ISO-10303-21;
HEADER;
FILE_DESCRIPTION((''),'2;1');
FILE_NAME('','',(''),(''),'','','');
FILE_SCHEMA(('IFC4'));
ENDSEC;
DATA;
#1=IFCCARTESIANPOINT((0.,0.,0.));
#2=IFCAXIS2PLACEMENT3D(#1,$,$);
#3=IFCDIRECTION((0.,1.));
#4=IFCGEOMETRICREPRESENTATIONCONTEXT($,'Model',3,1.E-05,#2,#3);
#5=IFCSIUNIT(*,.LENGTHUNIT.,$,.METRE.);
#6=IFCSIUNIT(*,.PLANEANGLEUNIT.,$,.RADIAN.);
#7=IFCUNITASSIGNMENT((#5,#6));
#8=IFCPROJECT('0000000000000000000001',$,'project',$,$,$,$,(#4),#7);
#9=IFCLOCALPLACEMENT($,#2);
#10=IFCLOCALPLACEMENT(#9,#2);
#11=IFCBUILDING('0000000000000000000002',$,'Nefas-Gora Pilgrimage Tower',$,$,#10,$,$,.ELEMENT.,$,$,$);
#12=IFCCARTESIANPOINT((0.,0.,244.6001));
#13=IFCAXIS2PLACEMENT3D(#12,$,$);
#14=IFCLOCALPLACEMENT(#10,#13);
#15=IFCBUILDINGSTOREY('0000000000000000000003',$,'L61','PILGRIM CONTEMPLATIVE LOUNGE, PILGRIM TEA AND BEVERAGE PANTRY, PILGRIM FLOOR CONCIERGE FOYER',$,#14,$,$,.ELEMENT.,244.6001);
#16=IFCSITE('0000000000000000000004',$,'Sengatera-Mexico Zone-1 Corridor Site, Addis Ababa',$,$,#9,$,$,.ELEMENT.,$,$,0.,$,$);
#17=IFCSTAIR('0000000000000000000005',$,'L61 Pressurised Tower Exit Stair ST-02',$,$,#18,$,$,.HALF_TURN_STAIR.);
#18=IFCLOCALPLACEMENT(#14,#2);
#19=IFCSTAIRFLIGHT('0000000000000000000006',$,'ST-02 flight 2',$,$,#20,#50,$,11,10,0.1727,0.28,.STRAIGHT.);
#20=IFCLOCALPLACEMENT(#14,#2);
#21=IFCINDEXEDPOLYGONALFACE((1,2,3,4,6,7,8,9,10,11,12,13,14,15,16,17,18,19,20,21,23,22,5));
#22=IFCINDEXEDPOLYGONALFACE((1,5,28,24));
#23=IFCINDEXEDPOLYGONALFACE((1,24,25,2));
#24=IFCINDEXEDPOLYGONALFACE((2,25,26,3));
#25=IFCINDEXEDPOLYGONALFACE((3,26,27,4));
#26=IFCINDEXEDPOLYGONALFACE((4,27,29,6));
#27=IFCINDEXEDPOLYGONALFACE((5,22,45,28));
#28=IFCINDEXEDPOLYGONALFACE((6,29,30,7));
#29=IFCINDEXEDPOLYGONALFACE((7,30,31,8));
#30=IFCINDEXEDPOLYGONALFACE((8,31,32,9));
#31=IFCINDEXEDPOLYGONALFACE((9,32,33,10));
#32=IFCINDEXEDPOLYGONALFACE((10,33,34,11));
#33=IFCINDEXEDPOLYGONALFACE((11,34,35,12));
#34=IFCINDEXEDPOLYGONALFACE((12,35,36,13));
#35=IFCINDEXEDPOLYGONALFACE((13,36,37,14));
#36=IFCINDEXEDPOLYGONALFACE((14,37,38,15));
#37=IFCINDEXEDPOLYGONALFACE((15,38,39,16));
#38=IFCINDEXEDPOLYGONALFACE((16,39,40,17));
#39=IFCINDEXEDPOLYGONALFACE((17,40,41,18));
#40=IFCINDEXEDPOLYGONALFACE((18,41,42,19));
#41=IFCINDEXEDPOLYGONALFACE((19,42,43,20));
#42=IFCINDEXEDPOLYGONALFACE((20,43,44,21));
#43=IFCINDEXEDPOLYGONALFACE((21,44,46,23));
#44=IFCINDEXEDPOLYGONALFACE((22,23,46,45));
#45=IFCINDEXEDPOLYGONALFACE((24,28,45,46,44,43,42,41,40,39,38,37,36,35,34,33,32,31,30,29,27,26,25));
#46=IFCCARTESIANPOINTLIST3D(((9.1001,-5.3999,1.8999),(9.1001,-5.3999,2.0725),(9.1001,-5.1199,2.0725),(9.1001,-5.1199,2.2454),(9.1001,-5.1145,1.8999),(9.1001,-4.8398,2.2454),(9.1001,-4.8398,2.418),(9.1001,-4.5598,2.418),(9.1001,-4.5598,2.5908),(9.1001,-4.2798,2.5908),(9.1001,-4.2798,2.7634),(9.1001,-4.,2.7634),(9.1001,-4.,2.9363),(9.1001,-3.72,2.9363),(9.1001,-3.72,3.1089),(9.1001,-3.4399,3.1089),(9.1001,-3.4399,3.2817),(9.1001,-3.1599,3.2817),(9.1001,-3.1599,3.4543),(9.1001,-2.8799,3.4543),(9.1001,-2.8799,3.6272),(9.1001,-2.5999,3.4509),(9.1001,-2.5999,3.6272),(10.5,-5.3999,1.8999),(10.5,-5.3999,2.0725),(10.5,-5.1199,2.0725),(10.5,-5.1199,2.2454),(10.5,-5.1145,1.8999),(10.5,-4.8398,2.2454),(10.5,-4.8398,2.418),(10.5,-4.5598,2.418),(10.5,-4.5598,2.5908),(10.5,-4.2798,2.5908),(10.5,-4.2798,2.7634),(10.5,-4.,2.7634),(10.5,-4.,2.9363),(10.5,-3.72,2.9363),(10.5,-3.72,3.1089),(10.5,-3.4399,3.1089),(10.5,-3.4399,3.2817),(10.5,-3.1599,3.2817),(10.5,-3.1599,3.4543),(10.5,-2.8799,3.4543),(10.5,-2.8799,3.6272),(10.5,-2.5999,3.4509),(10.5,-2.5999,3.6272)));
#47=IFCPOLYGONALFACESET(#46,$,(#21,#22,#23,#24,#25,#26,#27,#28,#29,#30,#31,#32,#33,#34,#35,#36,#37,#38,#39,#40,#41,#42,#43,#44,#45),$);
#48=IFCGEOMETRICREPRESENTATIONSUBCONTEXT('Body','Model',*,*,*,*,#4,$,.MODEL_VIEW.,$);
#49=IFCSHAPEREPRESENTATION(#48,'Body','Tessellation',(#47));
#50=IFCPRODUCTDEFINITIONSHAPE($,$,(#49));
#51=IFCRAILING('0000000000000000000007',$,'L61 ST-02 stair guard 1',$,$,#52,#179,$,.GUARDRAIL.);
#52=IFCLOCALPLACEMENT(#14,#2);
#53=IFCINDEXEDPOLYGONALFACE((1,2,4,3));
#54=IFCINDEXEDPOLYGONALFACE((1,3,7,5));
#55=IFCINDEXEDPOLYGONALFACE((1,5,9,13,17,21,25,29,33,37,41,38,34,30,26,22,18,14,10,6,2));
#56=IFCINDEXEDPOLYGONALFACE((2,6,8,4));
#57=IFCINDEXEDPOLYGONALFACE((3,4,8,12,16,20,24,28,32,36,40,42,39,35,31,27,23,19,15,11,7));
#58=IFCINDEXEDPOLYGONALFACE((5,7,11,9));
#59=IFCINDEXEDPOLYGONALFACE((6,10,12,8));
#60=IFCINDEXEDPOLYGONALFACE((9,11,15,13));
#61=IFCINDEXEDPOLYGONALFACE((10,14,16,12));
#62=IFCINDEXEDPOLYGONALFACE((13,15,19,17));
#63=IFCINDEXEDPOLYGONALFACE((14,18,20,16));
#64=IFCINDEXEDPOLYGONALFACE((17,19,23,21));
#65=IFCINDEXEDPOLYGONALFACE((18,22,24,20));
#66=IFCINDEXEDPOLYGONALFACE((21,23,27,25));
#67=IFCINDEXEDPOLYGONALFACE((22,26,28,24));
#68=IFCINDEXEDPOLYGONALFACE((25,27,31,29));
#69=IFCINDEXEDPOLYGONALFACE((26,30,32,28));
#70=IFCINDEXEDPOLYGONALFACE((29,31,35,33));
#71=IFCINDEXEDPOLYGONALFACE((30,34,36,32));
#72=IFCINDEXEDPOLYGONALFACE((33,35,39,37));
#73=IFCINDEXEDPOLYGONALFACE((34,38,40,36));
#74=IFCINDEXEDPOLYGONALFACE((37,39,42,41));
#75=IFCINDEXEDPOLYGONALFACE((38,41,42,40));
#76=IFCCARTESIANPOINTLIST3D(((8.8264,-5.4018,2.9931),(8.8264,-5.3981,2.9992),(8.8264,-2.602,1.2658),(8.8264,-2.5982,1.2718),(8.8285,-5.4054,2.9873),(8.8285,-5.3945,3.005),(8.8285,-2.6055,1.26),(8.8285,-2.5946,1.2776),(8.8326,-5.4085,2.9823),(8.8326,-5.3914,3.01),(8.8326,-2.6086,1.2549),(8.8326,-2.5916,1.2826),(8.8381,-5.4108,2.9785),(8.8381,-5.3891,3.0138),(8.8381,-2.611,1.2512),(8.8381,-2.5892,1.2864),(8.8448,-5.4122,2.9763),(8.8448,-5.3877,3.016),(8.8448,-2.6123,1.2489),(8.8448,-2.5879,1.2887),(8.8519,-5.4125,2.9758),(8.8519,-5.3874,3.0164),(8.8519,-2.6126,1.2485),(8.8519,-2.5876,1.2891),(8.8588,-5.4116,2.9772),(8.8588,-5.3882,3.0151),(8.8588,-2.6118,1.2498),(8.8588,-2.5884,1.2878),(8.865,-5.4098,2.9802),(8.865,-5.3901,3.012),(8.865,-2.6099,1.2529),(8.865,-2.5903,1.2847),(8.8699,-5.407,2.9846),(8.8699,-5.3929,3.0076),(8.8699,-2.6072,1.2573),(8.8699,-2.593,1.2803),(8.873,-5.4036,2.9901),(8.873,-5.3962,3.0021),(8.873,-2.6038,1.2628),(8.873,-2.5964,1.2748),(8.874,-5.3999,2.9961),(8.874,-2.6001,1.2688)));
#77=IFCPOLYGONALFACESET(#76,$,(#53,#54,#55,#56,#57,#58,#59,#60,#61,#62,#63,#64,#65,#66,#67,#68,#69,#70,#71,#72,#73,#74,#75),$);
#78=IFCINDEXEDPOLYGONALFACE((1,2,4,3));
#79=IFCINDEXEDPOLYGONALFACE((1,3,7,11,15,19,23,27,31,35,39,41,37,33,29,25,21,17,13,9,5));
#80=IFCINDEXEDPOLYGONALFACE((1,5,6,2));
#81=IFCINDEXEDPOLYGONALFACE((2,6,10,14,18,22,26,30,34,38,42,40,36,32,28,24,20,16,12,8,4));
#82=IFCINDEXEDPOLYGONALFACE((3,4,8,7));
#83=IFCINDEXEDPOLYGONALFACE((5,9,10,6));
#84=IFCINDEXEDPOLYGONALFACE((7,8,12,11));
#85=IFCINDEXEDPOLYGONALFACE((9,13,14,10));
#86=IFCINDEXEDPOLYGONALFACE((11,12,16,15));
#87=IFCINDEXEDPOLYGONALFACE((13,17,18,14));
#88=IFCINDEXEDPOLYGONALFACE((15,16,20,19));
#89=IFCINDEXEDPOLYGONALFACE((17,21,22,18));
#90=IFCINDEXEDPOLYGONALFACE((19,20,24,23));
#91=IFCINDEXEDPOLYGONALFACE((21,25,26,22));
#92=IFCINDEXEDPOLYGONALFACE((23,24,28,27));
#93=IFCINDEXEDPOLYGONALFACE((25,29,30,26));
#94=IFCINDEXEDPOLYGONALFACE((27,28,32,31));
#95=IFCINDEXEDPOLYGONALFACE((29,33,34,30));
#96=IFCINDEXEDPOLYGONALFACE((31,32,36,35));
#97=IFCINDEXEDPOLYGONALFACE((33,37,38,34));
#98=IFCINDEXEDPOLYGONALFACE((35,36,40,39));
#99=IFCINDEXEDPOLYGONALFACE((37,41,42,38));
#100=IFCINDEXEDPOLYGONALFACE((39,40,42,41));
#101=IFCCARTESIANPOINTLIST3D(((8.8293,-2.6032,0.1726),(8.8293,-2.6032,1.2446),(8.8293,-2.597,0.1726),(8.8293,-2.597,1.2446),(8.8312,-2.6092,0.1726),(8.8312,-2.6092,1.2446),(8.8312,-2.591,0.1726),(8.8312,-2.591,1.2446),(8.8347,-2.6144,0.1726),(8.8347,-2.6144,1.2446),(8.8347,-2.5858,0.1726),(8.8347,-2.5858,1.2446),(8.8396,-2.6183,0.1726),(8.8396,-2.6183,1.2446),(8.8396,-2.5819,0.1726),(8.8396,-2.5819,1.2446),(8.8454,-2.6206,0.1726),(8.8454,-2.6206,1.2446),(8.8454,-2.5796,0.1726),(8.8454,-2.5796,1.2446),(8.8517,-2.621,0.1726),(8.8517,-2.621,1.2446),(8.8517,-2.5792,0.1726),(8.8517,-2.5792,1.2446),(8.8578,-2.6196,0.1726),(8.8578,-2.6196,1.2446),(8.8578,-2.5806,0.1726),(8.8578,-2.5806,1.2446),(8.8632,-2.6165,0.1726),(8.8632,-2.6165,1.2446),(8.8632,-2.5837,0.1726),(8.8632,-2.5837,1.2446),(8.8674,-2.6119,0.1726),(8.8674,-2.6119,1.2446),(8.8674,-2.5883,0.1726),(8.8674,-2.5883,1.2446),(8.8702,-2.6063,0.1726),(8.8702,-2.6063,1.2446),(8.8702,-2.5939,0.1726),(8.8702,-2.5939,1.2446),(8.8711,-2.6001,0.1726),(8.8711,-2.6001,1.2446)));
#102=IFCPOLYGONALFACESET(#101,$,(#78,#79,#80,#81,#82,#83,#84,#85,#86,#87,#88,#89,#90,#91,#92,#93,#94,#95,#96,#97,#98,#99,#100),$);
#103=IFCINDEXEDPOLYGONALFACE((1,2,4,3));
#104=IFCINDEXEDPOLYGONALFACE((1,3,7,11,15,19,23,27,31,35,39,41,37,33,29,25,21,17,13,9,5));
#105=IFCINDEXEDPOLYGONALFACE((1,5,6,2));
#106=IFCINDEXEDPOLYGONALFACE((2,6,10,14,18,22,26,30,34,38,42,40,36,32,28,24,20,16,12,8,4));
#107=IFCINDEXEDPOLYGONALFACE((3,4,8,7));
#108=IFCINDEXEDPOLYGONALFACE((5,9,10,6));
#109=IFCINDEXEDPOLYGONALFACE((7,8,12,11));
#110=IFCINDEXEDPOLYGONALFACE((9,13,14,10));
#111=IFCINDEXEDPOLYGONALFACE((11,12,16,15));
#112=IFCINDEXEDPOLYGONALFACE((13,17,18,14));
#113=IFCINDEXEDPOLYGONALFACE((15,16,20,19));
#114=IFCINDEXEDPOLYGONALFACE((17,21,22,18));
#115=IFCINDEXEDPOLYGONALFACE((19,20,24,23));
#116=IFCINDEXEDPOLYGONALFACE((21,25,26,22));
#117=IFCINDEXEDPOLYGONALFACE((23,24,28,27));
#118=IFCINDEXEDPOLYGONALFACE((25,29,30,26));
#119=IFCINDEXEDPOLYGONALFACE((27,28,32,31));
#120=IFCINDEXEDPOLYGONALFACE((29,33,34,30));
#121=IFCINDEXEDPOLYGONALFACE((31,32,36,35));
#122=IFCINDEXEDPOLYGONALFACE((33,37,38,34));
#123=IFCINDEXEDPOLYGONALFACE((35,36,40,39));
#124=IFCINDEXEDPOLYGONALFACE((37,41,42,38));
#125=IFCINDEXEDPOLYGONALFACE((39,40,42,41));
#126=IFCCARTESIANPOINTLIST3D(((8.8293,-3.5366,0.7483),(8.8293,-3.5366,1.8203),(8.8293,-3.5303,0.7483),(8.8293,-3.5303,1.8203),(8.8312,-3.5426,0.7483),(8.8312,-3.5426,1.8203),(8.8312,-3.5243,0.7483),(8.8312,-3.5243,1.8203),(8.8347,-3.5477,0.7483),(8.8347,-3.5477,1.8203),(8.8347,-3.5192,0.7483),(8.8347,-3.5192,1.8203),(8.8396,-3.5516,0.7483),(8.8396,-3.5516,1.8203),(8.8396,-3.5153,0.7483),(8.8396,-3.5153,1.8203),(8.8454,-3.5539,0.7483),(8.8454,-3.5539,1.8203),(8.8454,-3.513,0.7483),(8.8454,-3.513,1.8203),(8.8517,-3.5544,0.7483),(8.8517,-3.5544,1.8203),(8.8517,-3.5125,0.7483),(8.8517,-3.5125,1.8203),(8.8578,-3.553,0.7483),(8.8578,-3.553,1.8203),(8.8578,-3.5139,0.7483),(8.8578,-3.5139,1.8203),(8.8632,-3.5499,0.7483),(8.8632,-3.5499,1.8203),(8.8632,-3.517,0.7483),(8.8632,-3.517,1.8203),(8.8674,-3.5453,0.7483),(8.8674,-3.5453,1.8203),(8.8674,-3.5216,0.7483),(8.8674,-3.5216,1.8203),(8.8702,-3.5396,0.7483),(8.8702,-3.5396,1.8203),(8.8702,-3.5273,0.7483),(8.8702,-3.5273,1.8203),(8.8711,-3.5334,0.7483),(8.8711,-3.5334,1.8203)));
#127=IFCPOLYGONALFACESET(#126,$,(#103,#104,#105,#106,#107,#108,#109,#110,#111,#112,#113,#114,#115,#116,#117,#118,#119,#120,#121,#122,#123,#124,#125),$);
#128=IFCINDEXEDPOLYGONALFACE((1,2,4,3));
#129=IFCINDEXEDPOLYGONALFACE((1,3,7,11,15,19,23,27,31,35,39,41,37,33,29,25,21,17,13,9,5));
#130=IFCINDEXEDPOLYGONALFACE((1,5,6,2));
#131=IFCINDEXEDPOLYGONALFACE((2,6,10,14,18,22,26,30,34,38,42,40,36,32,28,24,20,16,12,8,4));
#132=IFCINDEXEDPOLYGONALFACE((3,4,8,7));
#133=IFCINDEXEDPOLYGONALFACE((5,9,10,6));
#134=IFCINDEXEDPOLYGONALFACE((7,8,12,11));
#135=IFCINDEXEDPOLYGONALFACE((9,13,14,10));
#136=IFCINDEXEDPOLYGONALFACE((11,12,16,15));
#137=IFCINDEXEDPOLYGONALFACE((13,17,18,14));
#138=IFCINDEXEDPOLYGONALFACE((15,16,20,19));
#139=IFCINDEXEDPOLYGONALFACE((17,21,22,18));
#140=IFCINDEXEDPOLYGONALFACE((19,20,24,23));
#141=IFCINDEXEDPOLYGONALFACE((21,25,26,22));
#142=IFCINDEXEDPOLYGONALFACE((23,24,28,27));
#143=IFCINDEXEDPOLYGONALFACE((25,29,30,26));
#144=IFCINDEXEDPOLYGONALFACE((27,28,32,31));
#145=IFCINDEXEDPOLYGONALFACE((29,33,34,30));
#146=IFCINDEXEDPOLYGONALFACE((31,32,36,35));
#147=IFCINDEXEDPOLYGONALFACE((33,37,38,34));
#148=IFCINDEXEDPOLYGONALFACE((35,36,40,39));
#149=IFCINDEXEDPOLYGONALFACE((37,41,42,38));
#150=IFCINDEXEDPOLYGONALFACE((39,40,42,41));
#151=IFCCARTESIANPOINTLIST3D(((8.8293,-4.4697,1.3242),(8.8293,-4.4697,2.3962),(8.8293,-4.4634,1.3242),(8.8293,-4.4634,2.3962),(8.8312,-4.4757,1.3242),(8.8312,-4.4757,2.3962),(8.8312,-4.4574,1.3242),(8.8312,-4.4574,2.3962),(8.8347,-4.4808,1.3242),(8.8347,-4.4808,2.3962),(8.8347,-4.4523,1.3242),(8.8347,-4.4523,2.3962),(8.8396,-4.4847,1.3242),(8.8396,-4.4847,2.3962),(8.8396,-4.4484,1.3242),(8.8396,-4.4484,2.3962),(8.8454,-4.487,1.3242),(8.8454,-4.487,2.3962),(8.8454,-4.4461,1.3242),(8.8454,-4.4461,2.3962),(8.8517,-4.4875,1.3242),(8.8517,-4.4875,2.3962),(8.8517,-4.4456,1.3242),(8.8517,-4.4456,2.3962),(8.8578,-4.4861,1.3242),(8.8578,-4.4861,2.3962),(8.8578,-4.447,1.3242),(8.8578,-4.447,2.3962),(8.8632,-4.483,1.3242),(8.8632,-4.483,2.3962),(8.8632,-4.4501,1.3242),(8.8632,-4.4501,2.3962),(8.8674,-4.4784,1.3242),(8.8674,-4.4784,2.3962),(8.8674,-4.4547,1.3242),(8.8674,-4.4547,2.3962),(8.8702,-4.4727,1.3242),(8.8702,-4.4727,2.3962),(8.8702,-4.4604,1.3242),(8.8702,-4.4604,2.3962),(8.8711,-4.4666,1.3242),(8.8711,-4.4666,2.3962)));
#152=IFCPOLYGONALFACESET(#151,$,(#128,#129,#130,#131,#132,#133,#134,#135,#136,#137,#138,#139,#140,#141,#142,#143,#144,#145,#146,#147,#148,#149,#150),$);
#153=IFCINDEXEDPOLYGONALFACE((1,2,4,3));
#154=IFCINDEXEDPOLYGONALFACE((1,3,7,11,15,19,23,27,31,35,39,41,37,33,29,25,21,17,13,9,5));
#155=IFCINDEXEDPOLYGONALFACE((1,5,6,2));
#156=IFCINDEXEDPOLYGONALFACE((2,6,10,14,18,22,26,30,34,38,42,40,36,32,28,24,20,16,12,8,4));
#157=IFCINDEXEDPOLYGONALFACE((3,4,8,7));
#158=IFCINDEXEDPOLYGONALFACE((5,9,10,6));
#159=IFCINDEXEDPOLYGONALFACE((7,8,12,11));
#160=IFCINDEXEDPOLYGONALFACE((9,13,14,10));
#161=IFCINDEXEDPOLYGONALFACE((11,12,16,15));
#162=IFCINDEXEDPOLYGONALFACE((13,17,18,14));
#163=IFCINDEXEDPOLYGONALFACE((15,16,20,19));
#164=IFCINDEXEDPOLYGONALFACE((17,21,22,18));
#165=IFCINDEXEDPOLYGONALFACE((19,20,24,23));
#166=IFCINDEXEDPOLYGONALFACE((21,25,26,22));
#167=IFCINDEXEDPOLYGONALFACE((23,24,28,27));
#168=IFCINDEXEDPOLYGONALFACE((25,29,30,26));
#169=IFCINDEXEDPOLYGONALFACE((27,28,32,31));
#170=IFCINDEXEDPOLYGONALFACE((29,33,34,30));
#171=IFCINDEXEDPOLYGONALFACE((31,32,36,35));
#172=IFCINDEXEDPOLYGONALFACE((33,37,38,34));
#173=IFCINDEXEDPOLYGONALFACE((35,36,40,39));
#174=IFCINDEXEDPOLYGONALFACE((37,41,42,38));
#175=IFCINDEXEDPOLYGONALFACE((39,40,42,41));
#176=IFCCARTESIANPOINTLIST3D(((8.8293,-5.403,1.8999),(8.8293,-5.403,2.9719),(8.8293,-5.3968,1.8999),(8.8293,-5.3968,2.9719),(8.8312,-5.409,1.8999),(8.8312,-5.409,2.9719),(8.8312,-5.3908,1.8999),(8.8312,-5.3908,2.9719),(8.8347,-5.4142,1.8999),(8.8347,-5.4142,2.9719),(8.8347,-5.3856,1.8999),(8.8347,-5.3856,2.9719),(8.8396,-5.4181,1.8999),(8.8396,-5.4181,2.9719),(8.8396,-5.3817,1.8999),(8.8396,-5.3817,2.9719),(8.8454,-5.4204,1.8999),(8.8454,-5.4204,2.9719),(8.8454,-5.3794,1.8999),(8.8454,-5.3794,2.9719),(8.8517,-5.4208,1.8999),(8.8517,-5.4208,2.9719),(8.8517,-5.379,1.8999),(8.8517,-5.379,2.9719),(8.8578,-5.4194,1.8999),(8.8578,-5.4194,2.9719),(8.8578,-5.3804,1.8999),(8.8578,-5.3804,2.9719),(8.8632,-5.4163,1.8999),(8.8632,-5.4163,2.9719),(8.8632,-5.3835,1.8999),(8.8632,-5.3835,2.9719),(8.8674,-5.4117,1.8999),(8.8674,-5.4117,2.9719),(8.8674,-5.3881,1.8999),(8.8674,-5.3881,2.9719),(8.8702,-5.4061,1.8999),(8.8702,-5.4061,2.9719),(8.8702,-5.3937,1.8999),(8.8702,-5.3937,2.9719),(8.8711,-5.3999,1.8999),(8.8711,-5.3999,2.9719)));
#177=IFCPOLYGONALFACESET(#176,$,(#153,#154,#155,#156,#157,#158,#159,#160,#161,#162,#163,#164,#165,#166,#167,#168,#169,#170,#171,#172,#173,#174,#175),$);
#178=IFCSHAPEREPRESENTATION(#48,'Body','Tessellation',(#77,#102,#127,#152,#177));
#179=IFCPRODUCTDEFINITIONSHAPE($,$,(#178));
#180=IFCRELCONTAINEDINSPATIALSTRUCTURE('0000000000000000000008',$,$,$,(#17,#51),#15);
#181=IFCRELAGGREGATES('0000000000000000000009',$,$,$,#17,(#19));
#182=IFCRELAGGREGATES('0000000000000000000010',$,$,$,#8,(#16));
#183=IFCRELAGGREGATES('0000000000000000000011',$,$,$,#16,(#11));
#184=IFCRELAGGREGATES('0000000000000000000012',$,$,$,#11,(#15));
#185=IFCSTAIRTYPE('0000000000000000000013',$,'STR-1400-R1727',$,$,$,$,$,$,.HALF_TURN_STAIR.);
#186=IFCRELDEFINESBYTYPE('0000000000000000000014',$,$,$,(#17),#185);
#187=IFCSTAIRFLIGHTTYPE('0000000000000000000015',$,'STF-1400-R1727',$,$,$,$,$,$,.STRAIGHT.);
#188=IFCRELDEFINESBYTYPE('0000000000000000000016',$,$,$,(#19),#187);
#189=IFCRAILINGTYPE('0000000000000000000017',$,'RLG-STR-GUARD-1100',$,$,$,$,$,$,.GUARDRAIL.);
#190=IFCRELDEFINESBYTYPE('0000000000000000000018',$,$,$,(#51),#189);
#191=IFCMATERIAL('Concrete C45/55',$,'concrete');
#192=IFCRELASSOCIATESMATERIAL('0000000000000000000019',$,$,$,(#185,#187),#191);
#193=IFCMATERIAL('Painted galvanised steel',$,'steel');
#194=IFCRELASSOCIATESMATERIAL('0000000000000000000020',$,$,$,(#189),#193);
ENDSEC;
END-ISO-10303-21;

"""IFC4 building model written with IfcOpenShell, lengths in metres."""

from ifc_helpers import new_model, si_unit, direction, frame, origin, origin_2d, place, context, subcontext, project, spatial, polyline, circle, outline, extrude, source, transform, mapped, material, type_object, element, aggregate, save


model = new_model("IFC4")

# Units and contexts
model_context = context("Model", 3, precision=1e-05, world=origin(), true_north=direction((0.0, 1.0)))
body_context = subcontext(model_context, "Body", "Model", "MODEL_VIEW")
ifc_project = project(units=[si_unit("LENGTHUNIT", "METRE"), si_unit("PLANEANGLEUNIT", "RADIAN")], contexts=[model_context])

# Site, building, storey
site_placement = place(None, origin())
site = spatial("IfcSite", under=ifc_project, at=site_placement, Name="Sengatera-Mexico Zone-1 Corridor Site, Addis Ababa", CompositionType="ELEMENT", RefElevation=0.0)
building_placement = place(site_placement, origin())
building = spatial("IfcBuilding", under=site, at=building_placement, Name="Nefas-Gora Pilgrimage Tower", CompositionType="ELEMENT")
storey_placement = place(building_placement, frame((0.0, 0.0, 244.6001)))
storey = spatial("IfcBuildingStorey", under=building, at=storey_placement, Name="L61", Description="PILGRIM CONTEMPLATIVE LOUNGE, PILGRIM TEA AND BEVERAGE PANTRY, PILGRIM FLOOR CONCIERGE FOYER", CompositionType="ELEMENT", Elevation=244.6001)

# Shared definitions
ifc_material_1 = material(Name="Concrete C45/55", Category="concrete")
stair_type = type_object("IfcStairType", Name="STR-1400-R1727", PredefinedType="HALF_TURN_STAIR", material=ifc_material_1)

# Stair, stair flight
stair_1_placement = place(storey_placement, origin())
stair_1 = element("IfcStair", 1, at=stair_1_placement, inside=storey, type_object=stair_type, Name="L61 Pressurised Tower Exit Stair ST-02", PredefinedType="HALF_TURN_STAIR")
stair_flight_type = type_object("IfcStairFlightType", Name="STF-1400-R1727", PredefinedType="STRAIGHT", material=ifc_material_1)
shared_shape_1 = source(origin(), body_context, "Body", "SweptSolid", [
    extrude(outline(polyline([(0.0, 0.0), (0.0, 0.1726), (0.28, 0.1726), (0.28, 0.3455), (0.5601, 0.3455), (0.5601, 0.5181), (0.8401, 0.5181), (0.8401, 0.6909), (1.1201, 0.6909), (1.1201, 0.8635), (1.3999, 0.8635), (1.3999, 1.0364), (1.6799, 1.0364), (1.6799, 1.209), (1.96, 1.209), (1.96, 1.3818), (2.24, 1.3818), (2.24, 1.5544), (2.52, 1.5544), (2.52, 1.7273), (2.8, 1.7273), (2.8, 1.8999), (2.8, 1.551), (0.2854, 0.0), (0.0, 0.0)])), frame((0.0, 0.7, 0.0), z_axis=(0.0, -1.0, 0.0), x_axis=(1.0, 0.0, 0.0)), (0.0, 0.0, 1.0), 1.3999),
])
stair_flight_1_placement = place(storey_placement, frame((9.8, -5.3999, 1.8999), z_axis=(0.0, 0.0, 1.0), x_axis=(0.0, 1.0, 0.0)))
stair_flight_1 = element("IfcStairFlight", 2, at=stair_flight_1_placement, type_object=stair_flight_type, Name="ST-02 flight 2", NumberOfRisers=11, NumberOfTreads=10, PredefinedType="STRAIGHT", RiserHeight=0.1727, TreadLength=0.28, context=body_context, shape_type="MappedRepresentation", body=[
    mapped(shared_shape_1, transform((0.0, 0.0, 0.0), x_axis=(1.0, 0.0, 0.0), y_axis=(0.0, 1.0, 0.0), z_axis=(0.0, 0.0, 1.0), scale=1.0)),
])
aggregate(stair_1, [stair_flight_1])

# Railing
ifc_material_2 = material(Name="Painted galvanised steel", Category="steel")
railing_type_1 = type_object("IfcRailingType", Name="RLG-STR-GUARD-1100", PredefinedType="GUARDRAIL", material=ifc_material_2)
railing_1_placement = place(storey_placement, frame((8.8501, -2.6001, 0.1726)))
element("IfcRailing", 3, at=railing_1_placement, inside=storey, type_object=railing_type_1, Name="L61 ST-02 stair guard 1", PredefinedType="GUARDRAIL", context=body_context, shape_type="SweptSolid", body=[
    extrude(circle(Radius=0.0239, at=origin_2d()), frame((0.0, 0.0, 1.0962), z_axis=(0.0, -0.851069, 0.525054), x_axis=(1.0, 0.0, 0.0)), (0.0, 0.0, 1.0), 3.2898),
    extrude(circle(Radius=0.021, at=origin_2d()), origin(), (0.0, 0.0, 1.0), 1.072),
    extrude(circle(Radius=0.021, at=origin_2d()), frame((0.0, -0.9333, 0.5757)), (0.0, 0.0, 1.0), 1.072),
    extrude(circle(Radius=0.021, at=origin_2d()), frame((0.0, -1.8665, 1.1516)), (0.0, 0.0, 1.0), 1.072),
    extrude(circle(Radius=0.021, at=origin_2d()), frame((0.0, -2.7998, 1.7273)), (0.0, 0.0, 1.0), 1.072),
])

save(model, "model.ifc")
